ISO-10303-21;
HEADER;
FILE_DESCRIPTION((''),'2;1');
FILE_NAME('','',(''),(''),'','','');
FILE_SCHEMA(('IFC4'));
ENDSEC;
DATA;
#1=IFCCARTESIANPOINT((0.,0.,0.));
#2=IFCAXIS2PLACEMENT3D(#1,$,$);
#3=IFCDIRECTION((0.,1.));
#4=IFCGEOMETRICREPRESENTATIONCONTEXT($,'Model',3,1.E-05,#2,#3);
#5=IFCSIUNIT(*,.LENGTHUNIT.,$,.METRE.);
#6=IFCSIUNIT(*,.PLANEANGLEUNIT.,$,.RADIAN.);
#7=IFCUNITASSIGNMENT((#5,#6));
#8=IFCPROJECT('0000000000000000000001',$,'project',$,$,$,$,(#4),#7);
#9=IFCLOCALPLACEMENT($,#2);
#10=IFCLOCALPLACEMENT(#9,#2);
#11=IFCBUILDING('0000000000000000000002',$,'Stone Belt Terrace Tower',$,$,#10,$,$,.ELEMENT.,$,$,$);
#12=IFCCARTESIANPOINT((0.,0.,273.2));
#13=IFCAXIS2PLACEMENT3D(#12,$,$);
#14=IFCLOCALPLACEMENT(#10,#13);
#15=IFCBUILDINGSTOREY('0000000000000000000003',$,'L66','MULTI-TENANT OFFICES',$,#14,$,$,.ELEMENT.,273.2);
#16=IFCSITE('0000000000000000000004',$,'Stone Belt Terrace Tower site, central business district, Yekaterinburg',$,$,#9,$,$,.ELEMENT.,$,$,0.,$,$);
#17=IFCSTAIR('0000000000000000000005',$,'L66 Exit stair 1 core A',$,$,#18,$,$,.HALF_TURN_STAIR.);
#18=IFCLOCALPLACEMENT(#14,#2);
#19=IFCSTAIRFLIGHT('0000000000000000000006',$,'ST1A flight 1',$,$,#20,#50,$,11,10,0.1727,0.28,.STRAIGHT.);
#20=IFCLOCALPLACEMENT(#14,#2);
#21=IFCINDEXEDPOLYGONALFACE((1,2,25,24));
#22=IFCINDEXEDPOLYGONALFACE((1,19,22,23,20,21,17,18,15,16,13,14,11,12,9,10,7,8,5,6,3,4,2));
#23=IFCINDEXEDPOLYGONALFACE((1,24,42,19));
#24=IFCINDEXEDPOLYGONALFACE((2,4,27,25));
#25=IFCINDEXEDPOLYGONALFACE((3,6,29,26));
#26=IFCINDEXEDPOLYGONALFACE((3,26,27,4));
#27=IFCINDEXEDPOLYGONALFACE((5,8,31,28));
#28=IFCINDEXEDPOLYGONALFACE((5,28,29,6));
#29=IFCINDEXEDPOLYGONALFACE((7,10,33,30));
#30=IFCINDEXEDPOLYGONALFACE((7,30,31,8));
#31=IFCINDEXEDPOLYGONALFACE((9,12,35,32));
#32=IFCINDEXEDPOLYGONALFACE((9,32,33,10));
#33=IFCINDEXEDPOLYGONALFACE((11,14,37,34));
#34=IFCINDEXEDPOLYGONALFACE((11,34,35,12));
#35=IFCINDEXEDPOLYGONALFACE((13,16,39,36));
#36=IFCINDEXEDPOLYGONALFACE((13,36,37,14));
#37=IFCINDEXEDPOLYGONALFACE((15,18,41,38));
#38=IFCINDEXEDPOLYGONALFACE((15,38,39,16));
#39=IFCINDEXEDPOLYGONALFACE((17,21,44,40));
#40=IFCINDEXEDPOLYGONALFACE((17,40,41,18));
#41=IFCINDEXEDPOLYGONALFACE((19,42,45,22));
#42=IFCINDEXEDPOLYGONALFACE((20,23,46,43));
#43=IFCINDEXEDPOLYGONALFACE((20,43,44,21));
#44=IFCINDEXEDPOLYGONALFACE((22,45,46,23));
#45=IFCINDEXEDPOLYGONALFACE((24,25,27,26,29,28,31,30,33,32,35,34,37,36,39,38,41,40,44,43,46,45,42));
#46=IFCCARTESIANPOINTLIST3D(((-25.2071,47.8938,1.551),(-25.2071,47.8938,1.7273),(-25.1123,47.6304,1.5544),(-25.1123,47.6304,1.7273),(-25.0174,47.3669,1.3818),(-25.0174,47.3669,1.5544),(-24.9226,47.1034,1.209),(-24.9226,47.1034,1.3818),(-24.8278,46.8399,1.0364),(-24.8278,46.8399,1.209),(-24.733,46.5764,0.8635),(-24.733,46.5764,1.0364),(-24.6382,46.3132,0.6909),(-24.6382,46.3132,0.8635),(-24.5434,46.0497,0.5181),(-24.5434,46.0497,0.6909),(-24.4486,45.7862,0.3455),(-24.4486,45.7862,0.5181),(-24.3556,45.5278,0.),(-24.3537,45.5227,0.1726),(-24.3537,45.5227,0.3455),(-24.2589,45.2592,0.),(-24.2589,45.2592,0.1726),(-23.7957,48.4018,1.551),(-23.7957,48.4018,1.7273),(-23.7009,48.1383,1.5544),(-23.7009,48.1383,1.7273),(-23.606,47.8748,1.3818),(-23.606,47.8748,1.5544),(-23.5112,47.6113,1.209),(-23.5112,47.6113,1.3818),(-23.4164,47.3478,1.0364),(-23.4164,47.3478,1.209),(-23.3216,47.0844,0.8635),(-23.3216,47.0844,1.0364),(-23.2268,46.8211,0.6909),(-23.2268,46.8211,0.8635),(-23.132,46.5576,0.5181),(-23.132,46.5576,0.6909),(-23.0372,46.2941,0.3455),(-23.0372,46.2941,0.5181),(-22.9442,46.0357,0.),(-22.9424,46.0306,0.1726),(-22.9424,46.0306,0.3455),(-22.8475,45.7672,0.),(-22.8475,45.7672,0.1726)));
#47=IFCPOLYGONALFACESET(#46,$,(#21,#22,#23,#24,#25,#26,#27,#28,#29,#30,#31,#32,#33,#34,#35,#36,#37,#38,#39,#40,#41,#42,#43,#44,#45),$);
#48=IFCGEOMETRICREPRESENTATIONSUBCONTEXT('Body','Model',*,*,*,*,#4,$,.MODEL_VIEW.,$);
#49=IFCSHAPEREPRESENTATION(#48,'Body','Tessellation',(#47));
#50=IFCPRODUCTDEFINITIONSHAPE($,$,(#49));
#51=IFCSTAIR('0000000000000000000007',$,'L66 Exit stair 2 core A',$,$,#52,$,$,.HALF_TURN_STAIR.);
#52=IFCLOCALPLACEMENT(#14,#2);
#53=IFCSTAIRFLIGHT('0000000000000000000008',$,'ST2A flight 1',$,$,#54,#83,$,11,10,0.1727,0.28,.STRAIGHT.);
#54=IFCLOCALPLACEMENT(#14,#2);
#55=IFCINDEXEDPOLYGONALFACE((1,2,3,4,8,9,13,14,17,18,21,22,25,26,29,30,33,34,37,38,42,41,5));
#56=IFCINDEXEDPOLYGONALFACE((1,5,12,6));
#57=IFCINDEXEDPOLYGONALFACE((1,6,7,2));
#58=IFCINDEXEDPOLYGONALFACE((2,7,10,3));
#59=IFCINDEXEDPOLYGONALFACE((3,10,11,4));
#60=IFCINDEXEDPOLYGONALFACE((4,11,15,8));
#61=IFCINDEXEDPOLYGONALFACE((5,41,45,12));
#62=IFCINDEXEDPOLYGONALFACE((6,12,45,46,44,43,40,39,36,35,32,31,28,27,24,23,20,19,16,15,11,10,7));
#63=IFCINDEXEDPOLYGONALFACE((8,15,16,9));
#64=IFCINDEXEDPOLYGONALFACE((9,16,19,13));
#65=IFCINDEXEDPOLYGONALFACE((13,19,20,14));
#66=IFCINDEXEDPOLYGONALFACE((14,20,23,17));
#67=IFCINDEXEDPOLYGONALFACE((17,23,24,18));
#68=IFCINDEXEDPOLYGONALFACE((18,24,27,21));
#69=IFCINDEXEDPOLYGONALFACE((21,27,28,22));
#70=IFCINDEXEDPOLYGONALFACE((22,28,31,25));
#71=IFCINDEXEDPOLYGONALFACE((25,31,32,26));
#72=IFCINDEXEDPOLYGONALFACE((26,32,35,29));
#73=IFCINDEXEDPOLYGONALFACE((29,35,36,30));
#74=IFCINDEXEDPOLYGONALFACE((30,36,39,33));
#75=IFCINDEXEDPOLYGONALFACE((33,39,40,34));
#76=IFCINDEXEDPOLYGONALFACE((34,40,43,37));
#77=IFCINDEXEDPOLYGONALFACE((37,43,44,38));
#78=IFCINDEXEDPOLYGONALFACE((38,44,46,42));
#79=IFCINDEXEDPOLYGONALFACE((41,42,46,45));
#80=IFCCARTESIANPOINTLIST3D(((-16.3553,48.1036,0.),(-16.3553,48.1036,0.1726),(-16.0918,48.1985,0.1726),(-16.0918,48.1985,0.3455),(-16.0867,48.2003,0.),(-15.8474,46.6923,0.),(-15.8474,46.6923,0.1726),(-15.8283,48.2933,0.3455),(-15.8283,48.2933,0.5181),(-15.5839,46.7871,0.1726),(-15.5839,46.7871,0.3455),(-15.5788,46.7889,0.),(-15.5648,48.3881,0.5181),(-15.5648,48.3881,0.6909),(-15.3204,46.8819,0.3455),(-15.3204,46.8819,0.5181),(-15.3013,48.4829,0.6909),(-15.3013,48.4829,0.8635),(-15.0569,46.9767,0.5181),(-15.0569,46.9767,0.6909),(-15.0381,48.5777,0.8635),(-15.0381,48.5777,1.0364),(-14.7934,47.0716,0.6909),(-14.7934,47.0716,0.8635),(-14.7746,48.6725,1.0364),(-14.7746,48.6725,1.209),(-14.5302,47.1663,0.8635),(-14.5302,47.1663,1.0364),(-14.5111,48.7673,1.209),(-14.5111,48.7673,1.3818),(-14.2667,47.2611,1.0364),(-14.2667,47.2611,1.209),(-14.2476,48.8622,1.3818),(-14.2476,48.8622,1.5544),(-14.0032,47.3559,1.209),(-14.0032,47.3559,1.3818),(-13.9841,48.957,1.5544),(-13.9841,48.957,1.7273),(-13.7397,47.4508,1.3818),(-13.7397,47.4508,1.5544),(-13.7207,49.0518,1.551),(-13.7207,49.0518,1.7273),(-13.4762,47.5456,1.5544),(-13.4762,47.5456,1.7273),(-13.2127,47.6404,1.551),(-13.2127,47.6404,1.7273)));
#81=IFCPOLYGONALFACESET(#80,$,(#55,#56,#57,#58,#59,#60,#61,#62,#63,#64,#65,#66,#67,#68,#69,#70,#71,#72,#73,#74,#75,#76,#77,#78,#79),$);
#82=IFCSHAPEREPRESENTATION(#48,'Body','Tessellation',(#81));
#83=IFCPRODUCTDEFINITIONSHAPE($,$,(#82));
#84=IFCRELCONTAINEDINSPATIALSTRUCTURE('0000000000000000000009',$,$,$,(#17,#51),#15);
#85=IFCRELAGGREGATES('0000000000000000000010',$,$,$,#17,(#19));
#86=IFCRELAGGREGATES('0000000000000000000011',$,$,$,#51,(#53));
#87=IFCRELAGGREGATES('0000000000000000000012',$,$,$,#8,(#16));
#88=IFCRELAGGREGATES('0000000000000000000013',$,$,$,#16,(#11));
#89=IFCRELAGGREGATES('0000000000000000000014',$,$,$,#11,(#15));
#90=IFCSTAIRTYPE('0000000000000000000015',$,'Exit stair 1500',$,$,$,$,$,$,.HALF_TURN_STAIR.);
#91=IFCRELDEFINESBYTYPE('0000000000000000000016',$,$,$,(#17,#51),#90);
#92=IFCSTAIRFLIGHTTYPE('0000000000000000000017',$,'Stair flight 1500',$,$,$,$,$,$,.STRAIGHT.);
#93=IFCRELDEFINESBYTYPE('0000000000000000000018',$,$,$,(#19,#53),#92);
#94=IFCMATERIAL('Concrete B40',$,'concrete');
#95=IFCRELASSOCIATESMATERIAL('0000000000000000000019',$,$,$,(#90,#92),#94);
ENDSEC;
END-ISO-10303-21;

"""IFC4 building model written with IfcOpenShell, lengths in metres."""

from ifc_helpers import new_model, si_unit, direction, frame, origin, place, context, subcontext, project, spatial, polyline, outline, extrude, material, type_object, element, aggregate, save


model = new_model("IFC4")

# Units and contexts
model_context = context("Model", 3, precision=1e-05, world=origin(), true_north=direction((0.0, 1.0)))
body_context = subcontext(model_context, "Body", "Model", "MODEL_VIEW")
ifc_project = project(units=[si_unit("LENGTHUNIT", "METRE"), si_unit("PLANEANGLEUNIT", "RADIAN")], contexts=[model_context])

# Site, building, storey
site_placement = place(None, origin())
site = spatial("IfcSite", under=ifc_project, at=site_placement, Name="Stone Belt Terrace Tower site, central business district, Yekaterinburg", CompositionType="ELEMENT", RefElevation=0.0)
building_placement = place(site_placement, origin())
building = spatial("IfcBuilding", under=site, at=building_placement, Name="Stone Belt Terrace Tower", CompositionType="ELEMENT")
storey_placement = place(building_placement, frame((0.0, 0.0, 273.2)))
storey = spatial("IfcBuildingStorey", under=building, at=storey_placement, Name="L66", Description="MULTI-TENANT OFFICES", CompositionType="ELEMENT", Elevation=273.2)

# Stairs, stair flights
ifc_material_1 = material(Name="Concrete B40", Category="concrete")
stair_type = type_object("IfcStairType", Name="Exit stair 1500", PredefinedType="HALF_TURN_STAIR", material=ifc_material_1)
stair_1_placement = place(storey_placement, origin())
stair_1 = element("IfcStair", 1, at=stair_1_placement, inside=storey, type_object=stair_type, Name="L66 Exit stair 1 core A", PredefinedType="HALF_TURN_STAIR")
stair_flight_type = type_object("IfcStairFlightType", Name="Stair flight 1500", PredefinedType="STRAIGHT", material=ifc_material_1)
stair_flight_1_placement = place(storey_placement, frame((-23.5532, 45.5132, 0.0), z_axis=(0.0, 0.0, 1.0), x_axis=(-0.338624, 0.940922, 0.0)))
stair_flight_1 = element("IfcStairFlight", 2, at=stair_flight_1_placement, type_object=stair_flight_type, Name="ST1A flight 1", NumberOfRisers=11, NumberOfTreads=10, PredefinedType="STRAIGHT", RiserHeight=0.1727, TreadLength=0.28, context=body_context, shape_type="SweptSolid", body=[
    extrude(outline(polyline([(0.0, 0.0), (0.0, 0.1726), (0.28, 0.1726), (0.28, 0.3455), (0.5601, 0.3455), (0.5601, 0.5181), (0.8401, 0.5181), (0.8401, 0.6909), (1.1201, 0.6909), (1.1201, 0.8635), (1.3999, 0.8635), (1.3999, 1.0364), (1.6799, 1.0364), (1.6799, 1.209), (1.96, 1.209), (1.96, 1.3818), (2.24, 1.3818), (2.24, 1.5544), (2.52, 1.5544), (2.52, 1.7273), (2.8, 1.7273), (2.8, 1.8999), (2.8, 1.551), (0.2854, 0.0), (0.0, 0.0)])), frame((0.0, 0.75, 0.0), z_axis=(0.0, -1.0, 0.0), x_axis=(1.0, 0.0, 0.0)), (0.0, 0.0, 1.0), 1.5),
])
aggregate(stair_1, [stair_flight_1])
stair_2_placement = place(storey_placement, origin())
stair_2 = element("IfcStair", 3, at=stair_2_placement, inside=storey, type_object=stair_type, Name="L66 Exit stair 2 core A", PredefinedType="HALF_TURN_STAIR")
stair_flight_2_placement = place(storey_placement, frame((-16.1013, 47.3979, 0.0), z_axis=(0.0, 0.0, 1.0), x_axis=(0.940922, 0.338624, 0.0)))
stair_flight_2 = element("IfcStairFlight", 4, at=stair_flight_2_placement, type_object=stair_flight_type, Name="ST2A flight 1", NumberOfRisers=11, NumberOfTreads=10, PredefinedType="STRAIGHT", RiserHeight=0.1727, TreadLength=0.28, context=body_context, shape_type="SweptSolid", body=[
    extrude(outline(polyline([(0.0, 0.0), (0.0, 0.1726), (0.28, 0.1726), (0.28, 0.3455), (0.5601, 0.3455), (0.5601, 0.5181), (0.8401, 0.5181), (0.8401, 0.6909), (1.1201, 0.6909), (1.1201, 0.8635), (1.3999, 0.8635), (1.3999, 1.0364), (1.6799, 1.0364), (1.6799, 1.209), (1.96, 1.209), (1.96, 1.3818), (2.24, 1.3818), (2.24, 1.5544), (2.52, 1.5544), (2.52, 1.7273), (2.8, 1.7273), (2.8, 1.8999), (2.8, 1.551), (0.2854, 0.0), (0.0, 0.0)])), frame((0.0, 0.75, 0.0), z_axis=(0.0, -1.0, 0.0), x_axis=(1.0, 0.0, 0.0)), (0.0, 0.0, 1.0), 1.5),
])
aggregate(stair_2, [stair_flight_2])

save(model, "model.ifc")
